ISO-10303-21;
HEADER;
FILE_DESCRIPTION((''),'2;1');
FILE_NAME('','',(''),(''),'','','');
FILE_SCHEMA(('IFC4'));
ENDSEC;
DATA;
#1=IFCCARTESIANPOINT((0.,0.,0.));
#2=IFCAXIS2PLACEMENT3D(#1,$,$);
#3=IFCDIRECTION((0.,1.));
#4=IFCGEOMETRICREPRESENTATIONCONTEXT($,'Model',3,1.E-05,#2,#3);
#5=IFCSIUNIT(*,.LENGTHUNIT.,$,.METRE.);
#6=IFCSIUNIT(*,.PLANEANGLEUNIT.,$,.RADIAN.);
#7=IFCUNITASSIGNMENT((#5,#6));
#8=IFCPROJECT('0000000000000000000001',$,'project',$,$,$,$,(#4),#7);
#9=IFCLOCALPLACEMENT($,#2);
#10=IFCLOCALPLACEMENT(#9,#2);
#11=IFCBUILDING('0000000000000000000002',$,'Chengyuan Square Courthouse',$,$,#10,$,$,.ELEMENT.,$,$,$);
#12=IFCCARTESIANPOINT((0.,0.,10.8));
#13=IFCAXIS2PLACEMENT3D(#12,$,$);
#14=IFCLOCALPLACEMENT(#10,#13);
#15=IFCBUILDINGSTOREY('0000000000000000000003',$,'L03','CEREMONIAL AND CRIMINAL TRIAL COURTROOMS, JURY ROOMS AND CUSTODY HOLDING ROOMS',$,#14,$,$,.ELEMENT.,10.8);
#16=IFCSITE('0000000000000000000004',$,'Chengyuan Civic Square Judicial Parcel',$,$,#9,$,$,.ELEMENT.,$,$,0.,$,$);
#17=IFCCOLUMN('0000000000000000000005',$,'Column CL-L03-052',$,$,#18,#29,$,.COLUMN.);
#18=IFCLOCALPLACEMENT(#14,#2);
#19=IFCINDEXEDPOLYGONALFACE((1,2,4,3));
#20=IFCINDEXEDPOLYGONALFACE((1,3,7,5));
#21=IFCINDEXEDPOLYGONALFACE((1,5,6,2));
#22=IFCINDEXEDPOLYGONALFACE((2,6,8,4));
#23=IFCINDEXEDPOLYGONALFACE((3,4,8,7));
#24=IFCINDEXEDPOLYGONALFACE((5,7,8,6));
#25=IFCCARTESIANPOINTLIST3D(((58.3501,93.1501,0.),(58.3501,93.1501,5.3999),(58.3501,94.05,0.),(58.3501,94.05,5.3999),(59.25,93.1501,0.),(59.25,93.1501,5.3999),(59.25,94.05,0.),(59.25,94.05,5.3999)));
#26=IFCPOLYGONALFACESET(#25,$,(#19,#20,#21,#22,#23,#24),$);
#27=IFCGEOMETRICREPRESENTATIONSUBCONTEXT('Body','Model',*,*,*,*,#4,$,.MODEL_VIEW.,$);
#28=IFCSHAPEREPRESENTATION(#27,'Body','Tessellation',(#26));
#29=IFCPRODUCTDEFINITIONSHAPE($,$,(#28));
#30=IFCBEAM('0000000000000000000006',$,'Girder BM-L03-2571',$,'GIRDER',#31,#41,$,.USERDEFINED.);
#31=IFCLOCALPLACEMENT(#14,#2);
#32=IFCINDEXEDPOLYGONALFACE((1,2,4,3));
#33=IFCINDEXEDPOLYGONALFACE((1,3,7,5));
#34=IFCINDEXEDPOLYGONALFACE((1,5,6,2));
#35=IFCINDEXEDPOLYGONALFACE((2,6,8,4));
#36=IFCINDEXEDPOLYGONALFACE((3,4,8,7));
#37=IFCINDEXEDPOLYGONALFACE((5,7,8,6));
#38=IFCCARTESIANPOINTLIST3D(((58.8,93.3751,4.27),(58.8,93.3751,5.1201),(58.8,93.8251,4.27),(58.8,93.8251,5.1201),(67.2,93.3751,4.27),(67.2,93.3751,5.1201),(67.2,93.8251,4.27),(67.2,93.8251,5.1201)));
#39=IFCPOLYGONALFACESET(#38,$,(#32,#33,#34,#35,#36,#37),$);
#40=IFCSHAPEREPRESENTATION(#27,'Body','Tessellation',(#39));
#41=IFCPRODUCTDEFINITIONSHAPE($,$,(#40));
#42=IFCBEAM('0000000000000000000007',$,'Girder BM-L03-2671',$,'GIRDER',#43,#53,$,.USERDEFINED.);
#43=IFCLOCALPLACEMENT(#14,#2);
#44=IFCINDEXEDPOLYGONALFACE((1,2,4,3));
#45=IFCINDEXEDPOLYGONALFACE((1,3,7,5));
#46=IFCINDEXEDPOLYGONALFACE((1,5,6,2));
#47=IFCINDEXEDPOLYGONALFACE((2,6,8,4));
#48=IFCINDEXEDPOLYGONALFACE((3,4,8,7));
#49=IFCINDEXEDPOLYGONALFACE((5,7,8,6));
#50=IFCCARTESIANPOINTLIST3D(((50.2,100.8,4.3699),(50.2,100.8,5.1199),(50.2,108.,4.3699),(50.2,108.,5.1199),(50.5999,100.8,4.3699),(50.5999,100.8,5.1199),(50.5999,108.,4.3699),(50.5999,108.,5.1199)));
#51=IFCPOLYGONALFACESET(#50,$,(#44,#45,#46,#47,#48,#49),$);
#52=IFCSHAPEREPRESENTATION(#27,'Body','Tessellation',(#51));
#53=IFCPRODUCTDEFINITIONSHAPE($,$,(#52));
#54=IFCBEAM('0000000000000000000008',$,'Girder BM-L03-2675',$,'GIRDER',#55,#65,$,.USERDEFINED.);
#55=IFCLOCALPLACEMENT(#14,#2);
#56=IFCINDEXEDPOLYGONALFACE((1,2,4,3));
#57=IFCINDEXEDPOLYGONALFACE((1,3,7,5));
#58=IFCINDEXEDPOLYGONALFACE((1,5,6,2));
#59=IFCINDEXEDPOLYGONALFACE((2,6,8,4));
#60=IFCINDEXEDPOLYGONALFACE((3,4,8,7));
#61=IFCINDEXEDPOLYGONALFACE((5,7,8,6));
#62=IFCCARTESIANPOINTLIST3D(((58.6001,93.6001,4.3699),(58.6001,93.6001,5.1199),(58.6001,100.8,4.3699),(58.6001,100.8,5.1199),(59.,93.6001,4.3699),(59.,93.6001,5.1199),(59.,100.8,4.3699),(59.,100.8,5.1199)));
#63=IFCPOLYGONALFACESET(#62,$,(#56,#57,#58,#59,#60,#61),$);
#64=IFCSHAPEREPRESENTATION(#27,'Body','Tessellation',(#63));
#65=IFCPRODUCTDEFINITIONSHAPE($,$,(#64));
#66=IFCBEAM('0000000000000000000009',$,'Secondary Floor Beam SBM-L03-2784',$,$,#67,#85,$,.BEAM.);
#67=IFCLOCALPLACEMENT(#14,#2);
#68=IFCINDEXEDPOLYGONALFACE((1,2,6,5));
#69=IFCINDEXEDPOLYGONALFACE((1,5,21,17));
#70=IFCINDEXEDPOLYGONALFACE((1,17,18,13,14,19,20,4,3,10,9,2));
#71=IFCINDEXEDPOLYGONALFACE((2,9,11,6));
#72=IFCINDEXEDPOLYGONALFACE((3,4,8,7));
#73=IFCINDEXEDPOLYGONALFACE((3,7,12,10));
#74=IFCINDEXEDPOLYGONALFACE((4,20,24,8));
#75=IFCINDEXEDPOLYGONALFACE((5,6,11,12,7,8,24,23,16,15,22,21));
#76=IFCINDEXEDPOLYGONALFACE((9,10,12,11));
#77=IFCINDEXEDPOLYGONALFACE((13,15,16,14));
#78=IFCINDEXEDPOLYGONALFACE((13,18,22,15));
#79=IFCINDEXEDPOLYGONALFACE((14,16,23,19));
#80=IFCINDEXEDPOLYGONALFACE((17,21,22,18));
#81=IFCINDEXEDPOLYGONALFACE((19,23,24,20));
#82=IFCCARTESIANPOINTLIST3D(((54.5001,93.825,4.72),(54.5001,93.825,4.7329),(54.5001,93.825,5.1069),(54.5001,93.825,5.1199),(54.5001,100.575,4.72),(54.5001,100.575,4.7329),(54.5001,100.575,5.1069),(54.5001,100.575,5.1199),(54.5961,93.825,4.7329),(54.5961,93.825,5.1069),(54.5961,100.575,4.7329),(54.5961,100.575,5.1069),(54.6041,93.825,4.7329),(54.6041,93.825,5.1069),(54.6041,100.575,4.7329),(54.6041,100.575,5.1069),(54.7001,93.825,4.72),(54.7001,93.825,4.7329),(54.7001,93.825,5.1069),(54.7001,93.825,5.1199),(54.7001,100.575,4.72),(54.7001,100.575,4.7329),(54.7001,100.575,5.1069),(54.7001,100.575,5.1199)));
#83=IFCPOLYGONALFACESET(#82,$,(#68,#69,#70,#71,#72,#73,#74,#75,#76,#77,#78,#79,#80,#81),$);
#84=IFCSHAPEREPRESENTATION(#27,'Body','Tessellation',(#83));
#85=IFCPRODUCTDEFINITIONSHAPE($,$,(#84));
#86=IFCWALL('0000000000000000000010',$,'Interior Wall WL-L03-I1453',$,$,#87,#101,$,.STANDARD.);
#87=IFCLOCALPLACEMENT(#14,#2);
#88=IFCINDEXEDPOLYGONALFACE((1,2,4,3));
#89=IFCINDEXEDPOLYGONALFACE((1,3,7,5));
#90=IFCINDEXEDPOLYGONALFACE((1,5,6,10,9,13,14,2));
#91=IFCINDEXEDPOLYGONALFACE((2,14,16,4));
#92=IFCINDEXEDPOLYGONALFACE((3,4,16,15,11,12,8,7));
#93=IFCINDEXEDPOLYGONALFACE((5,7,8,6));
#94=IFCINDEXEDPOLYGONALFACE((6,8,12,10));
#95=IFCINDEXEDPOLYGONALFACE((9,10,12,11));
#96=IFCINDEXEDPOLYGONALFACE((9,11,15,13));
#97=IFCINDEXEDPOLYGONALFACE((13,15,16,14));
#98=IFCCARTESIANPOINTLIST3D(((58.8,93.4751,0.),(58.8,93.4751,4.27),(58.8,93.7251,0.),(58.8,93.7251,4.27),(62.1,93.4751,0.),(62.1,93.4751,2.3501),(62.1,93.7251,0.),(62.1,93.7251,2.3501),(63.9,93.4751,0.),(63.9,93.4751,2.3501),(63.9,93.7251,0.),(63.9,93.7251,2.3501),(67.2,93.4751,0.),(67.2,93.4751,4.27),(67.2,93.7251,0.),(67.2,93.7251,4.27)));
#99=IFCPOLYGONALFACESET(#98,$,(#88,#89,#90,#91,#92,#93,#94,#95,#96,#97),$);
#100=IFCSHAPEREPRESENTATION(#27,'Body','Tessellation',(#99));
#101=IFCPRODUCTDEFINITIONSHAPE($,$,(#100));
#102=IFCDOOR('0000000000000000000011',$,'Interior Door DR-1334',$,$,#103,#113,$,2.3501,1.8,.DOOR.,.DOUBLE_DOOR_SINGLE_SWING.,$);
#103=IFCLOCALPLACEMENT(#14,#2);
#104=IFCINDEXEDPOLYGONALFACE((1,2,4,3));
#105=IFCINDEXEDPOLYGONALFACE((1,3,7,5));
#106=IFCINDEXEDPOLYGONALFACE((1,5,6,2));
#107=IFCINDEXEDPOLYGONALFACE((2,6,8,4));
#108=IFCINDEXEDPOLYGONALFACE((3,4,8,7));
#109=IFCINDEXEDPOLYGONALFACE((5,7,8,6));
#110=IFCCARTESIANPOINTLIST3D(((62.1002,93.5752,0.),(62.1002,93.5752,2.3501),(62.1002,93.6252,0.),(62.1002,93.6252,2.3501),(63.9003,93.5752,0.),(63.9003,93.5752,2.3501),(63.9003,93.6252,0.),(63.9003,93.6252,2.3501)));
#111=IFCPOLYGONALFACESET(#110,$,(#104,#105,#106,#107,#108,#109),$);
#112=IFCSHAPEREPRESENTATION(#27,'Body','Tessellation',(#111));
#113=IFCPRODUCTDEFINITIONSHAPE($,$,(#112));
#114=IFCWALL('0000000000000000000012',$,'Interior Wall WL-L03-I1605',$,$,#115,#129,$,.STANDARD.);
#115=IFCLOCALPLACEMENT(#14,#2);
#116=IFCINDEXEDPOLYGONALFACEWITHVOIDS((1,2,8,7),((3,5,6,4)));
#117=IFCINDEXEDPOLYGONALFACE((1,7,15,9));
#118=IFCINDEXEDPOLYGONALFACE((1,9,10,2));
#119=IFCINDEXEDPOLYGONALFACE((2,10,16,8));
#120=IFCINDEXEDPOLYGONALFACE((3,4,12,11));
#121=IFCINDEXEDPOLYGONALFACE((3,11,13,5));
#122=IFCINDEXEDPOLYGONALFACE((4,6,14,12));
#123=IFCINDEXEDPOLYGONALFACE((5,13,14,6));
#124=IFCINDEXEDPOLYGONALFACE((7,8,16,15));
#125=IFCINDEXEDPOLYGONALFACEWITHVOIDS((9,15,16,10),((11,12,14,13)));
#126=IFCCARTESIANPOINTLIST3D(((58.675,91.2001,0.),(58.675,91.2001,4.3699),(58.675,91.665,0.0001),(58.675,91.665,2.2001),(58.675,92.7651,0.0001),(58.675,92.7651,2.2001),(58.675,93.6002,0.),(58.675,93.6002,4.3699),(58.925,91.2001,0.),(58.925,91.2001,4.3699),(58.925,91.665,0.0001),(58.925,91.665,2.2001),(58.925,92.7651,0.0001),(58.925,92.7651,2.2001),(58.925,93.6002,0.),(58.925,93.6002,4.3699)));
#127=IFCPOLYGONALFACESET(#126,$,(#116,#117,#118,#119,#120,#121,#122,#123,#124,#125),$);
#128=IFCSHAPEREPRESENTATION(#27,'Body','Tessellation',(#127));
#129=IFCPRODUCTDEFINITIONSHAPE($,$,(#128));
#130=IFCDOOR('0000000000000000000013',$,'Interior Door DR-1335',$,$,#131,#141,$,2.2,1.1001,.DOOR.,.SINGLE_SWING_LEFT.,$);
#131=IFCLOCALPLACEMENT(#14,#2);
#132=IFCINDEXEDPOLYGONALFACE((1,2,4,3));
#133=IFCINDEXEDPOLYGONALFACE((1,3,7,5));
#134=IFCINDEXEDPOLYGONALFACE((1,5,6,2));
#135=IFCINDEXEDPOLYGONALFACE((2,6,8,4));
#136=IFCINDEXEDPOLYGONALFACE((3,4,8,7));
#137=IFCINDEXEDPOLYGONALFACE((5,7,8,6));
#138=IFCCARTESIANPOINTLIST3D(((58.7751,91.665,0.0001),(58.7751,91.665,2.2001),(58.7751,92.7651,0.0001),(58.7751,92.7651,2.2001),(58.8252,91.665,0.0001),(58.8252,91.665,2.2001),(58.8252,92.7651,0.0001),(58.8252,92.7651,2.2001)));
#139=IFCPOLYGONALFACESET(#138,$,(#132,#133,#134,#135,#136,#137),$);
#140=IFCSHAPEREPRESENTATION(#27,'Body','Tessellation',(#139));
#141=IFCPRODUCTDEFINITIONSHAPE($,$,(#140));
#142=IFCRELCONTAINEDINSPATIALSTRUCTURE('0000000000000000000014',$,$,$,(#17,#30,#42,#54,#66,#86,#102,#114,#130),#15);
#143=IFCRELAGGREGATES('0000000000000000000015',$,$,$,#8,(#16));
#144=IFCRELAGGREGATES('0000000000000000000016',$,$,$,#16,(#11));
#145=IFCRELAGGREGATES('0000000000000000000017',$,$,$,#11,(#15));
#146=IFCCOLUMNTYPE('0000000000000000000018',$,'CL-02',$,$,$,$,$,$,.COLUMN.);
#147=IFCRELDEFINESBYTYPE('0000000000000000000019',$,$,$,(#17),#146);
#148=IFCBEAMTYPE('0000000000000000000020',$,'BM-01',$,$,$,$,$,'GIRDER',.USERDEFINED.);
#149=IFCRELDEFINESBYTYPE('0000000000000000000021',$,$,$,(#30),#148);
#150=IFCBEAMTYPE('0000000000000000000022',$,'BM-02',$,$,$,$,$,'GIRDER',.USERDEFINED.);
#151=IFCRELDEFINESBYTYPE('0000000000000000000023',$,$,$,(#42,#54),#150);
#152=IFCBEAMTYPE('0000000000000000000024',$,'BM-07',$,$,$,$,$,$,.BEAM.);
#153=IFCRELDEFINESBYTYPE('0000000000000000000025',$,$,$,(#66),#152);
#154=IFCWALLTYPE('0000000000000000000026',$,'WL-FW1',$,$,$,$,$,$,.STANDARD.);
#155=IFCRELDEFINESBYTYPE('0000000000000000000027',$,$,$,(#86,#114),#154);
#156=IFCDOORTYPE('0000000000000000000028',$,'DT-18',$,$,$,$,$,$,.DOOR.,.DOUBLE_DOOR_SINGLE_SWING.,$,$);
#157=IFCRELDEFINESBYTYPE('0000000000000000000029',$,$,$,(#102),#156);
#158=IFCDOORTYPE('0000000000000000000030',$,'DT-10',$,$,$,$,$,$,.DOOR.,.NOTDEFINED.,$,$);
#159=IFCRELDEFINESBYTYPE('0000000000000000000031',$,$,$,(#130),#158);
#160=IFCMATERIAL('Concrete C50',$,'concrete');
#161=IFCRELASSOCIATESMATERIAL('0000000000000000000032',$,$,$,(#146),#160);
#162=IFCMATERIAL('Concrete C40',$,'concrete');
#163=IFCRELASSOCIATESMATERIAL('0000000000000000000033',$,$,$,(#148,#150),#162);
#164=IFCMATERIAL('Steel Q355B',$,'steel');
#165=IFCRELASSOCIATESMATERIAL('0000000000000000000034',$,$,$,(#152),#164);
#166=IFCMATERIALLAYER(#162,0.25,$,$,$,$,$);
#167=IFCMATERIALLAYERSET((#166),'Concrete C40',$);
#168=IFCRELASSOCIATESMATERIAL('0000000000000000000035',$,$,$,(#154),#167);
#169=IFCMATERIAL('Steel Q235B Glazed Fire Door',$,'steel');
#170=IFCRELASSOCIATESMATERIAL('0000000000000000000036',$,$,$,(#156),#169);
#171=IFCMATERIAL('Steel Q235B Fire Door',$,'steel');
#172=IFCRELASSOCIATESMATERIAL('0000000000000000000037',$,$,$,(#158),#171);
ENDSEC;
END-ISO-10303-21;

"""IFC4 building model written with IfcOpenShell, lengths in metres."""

from ifc_helpers import new_model, si_unit, direction, frame, frame_2d, origin, origin_2d, place, context, subcontext, project, spatial, rectangle, i_section, extrude, material, layer, layer_set, material_profile, profile_set, type_object, element, fill, save


model = new_model("IFC4")

# Units and contexts
model_context = context("Model", 3, precision=1e-05, world=origin(), true_north=direction((0.0, 1.0)))
body_context = subcontext(model_context, "Body", "Model", "MODEL_VIEW")
ifc_project = project(units=[si_unit("LENGTHUNIT", "METRE"), si_unit("PLANEANGLEUNIT", "RADIAN")], contexts=[model_context])

# Site, building, storey
site_placement = place(None, origin())
site = spatial("IfcSite", under=ifc_project, at=site_placement, Name="Chengyuan Civic Square Judicial Parcel", CompositionType="ELEMENT", RefElevation=0.0)
building_placement = place(site_placement, origin())
building = spatial("IfcBuilding", under=site, at=building_placement, Name="Chengyuan Square Courthouse", CompositionType="ELEMENT")
storey_placement = place(building_placement, frame((0.0, 0.0, 10.8)))
storey = spatial("IfcBuildingStorey", under=building, at=storey_placement, Name="L03", Description="CEREMONIAL AND CRIMINAL TRIAL COURTROOMS, JURY ROOMS AND CUSTODY HOLDING ROOMS", CompositionType="ELEMENT", Elevation=10.8)

# Column
ifc_material_1 = material(Name="Concrete C50", Category="concrete")
ifc_material_profile_1 = material_profile(ifc_material_1, rectangle(XDim=0.8999, YDim=0.8999, at=origin_2d()), Name="RC-COL-900x900")
ifc_profile_set_1 = profile_set([ifc_material_profile_1], Name="Concrete C50")
column_type = type_object("IfcColumnType", Name="CL-02", PredefinedType="COLUMN", material=ifc_profile_set_1)
column_placement = place(storey_placement, frame((58.8, 93.6001, 0.0), z_axis=(0.0, 0.0, 1.0), x_axis=(1.0, 0.0, 0.0)))
element("IfcColumn", 1, at=column_placement, inside=storey, type_object=column_type, Name="Column CL-L03-052", PredefinedType="COLUMN", context=body_context, shape_type="SweptSolid", body=[
    extrude(rectangle(XDim=0.8999, YDim=0.8999, at=origin_2d()), origin(), (0.0, 0.0, 1.0), 5.3999),
])

# Beams
ifc_material_2 = material(Name="Concrete C40", Category="concrete")
ifc_material_profile_2 = material_profile(ifc_material_2, rectangle(XDim=0.45, YDim=0.8501, at=origin_2d()), Name="RC-BM-450x850")
ifc_profile_set_2 = profile_set([ifc_material_profile_2], Name="Concrete C40")
beam_type_1 = type_object("IfcBeamType", Name="BM-01", ElementType="GIRDER", PredefinedType="USERDEFINED", material=ifc_profile_set_2)
beam_1_placement = place(storey_placement, frame((58.8, 93.6001, 4.6951), z_axis=(1.0, 0.0, 0.0), x_axis=(0.0, 1.0, 0.0)))
element("IfcBeam", 2, at=beam_1_placement, inside=storey, type_object=beam_type_1, Name="Girder BM-L03-2571", ObjectType="GIRDER", PredefinedType="USERDEFINED", context=body_context, shape_type="SweptSolid", body=[
    extrude(rectangle(XDim=0.45, YDim=0.8501, at=origin_2d()), origin(), (0.0, 0.0, 1.0), 8.3999),
])
ifc_material_profile_3 = material_profile(ifc_material_2, rectangle(XDim=0.3999, YDim=0.75, at=origin_2d()), Name="RC-BM-400x750")
ifc_profile_set_3 = profile_set([ifc_material_profile_3], Name="Concrete C40")
beam_type_2 = type_object("IfcBeamType", Name="BM-02", ElementType="GIRDER", PredefinedType="USERDEFINED", material=ifc_profile_set_3)
for number, where, z_axis, x_axis, name in (
    (3, (50.3999, 100.8, 4.7449), (0.0, 1.0, 0.0), (-1.0, 0.0, 0.0), "Girder BM-L03-2671"),
    (4, (58.8, 93.6001, 4.7449), (0.0, 1.0, 0.0), (-1.0, 0.0, 0.0), "Girder BM-L03-2675"),
):
    element("IfcBeam", number, at=place(storey_placement, frame(where, z_axis=z_axis, x_axis=x_axis)), inside=storey, type_object=beam_type_2, Name=name, ObjectType="GIRDER", PredefinedType="USERDEFINED", context=body_context, shape_type="SweptSolid", body=[
        extrude(rectangle(XDim=0.3999, YDim=0.75, at=origin_2d()), origin(), (0.0, 0.0, 1.0), 7.2),
    ])
ifc_material_3 = material(Name="Steel Q355B", Category="steel")
ifc_material_profile_4 = material_profile(ifc_material_3, i_section(OverallWidth=0.2, OverallDepth=0.3999, WebThickness=0.0081, FlangeThickness=0.0129, at=origin_2d()), Name="HN 400x200x8x13")
ifc_profile_set_4 = profile_set([ifc_material_profile_4], Name="Steel Q355B")
beam_type_3 = type_object("IfcBeamType", Name="BM-07", PredefinedType="BEAM", material=ifc_profile_set_4)
beam_2_placement = place(storey_placement, frame((54.6001, 93.825, 4.9199), z_axis=(0.0, 1.0, 0.0), x_axis=(-1.0, 0.0, 0.0)))
element("IfcBeam", 5, at=beam_2_placement, inside=storey, type_object=beam_type_3, Name="Secondary Floor Beam SBM-L03-2784", PredefinedType="BEAM", context=body_context, shape_type="SweptSolid", body=[
    extrude(i_section(OverallWidth=0.2, OverallDepth=0.3999, WebThickness=0.0081, FlangeThickness=0.0129, at=origin_2d()), origin(), (0.0, 0.0, 1.0), 6.75),
])

# Walls, openings, doors
ifc_layer_1 = layer(ifc_material_2, 0.25)
ifc_layer_set_1 = layer_set([ifc_layer_1], Name="Concrete C40")
wall_type_1 = type_object("IfcWallType", Name="WL-FW1", PredefinedType="STANDARD", material=ifc_layer_set_1)
wall_1_placement = place(storey_placement, frame((58.8, 93.6001, 0.0), z_axis=(0.0, 0.0, 1.0), x_axis=(1.0, 0.0, 0.0)))
wall_1 = element("IfcWall", 6, at=wall_1_placement, inside=storey, type_object=wall_type_1, Name="Interior Wall WL-L03-I1453", PredefinedType="STANDARD", context=body_context, shape_type="SweptSolid", body=[
    extrude(rectangle(XDim=8.3999, YDim=0.25, at=frame_2d((4.2, 0.0))), origin(), (0.0, 0.0, 1.0), 4.27),
])
opening_1_placement = place(wall_1_placement, frame((3.3, 0.0, 0.0)))
opening_1 = element("IfcOpeningElement", 7, at=opening_1_placement, cuts=wall_1, PredefinedType="OPENING", context=body_context, shape_type="SweptSolid", body=[
    extrude(rectangle(XDim=1.8, YDim=2.3501, at=frame_2d((0.8999, 1.175))), frame((0.0, 0.137, 0.0), z_axis=(0.0, -1.0, 0.0), x_axis=(1.0, 0.0, 0.0)), (0.0, 0.0, 1.0), 0.2739),
])
ifc_material_4 = material(Name="Steel Q235B Glazed Fire Door", Category="steel")
door_type_1 = type_object("IfcDoorType", Name="DT-18", OperationType="DOUBLE_DOOR_SINGLE_SWING", PredefinedType="DOOR", material=ifc_material_4)
door_1_placement = place(opening_1_placement, frame((1.8, 0.0, 0.0), z_axis=(0.0, 0.0, 1.0), x_axis=(-1.0, 0.0, 0.0)))
door_1 = element("IfcDoor", 8, at=door_1_placement, inside=storey, type_object=door_type_1, Name="Interior Door DR-1334", OperationType="DOUBLE_DOOR_SINGLE_SWING", OverallHeight=2.3501, OverallWidth=1.8, PredefinedType="DOOR", context=body_context, shape_type="SweptSolid", body=[
    extrude(rectangle(XDim=1.8, YDim=2.3501, at=frame_2d((0.8999, 1.175))), frame((0.0, 0.0249, 0.0), z_axis=(0.0, -1.0, 0.0), x_axis=(1.0, 0.0, 0.0)), (0.0, 0.0, 1.0), 0.05),
])
fill(opening_1, door_1)
ifc_material_5 = material(Name="Steel Q235B Fire Door", Category="steel")
wall_2_placement = place(storey_placement, frame((58.8, 91.2, 0.0), z_axis=(0.0, 0.0, 1.0), x_axis=(0.0, 1.0, 0.0)))
wall_2 = element("IfcWall", 9, at=wall_2_placement, inside=storey, type_object=wall_type_1, Name="Interior Wall WL-L03-I1605", PredefinedType="STANDARD", context=body_context, shape_type="SweptSolid", body=[
    extrude(rectangle(XDim=2.4001, YDim=0.25, at=frame_2d((1.2002, 0.0))), origin(), (0.0, 0.0, 1.0), 4.3699),
])
opening_2_placement = place(wall_2_placement, frame((0.4651, 0.0, 0.0)))
opening_2 = element("IfcOpeningElement", 10, at=opening_2_placement, cuts=wall_2, PredefinedType="OPENING", context=body_context, shape_type="SweptSolid", body=[
    extrude(rectangle(XDim=1.1001, YDim=2.2, at=frame_2d((0.55, 1.1001))), frame((0.0, 0.137, 0.0), z_axis=(0.0, -1.0, 0.0), x_axis=(1.0, 0.0, 0.0)), (0.0, 0.0, 1.0), 0.2739),
])
door_type_2 = type_object("IfcDoorType", Name="DT-10", OperationType="NOTDEFINED", PredefinedType="DOOR", material=ifc_material_5)
door_2_placement = place(opening_2_placement, origin())
door_2 = element("IfcDoor", 11, at=door_2_placement, inside=storey, type_object=door_type_2, Name="Interior Door DR-1335", OperationType="SINGLE_SWING_LEFT", OverallHeight=2.2, OverallWidth=1.1001, PredefinedType="DOOR", context=body_context, shape_type="SweptSolid", body=[
    extrude(rectangle(XDim=1.1001, YDim=2.2, at=frame_2d((0.55, 1.1001))), frame((0.0, 0.0249, 0.0), z_axis=(0.0, -1.0, 0.0), x_axis=(1.0, 0.0, 0.0)), (0.0, 0.0, 1.0), 0.05),
])
fill(opening_2, door_2)

save(model, "model.ifc")
